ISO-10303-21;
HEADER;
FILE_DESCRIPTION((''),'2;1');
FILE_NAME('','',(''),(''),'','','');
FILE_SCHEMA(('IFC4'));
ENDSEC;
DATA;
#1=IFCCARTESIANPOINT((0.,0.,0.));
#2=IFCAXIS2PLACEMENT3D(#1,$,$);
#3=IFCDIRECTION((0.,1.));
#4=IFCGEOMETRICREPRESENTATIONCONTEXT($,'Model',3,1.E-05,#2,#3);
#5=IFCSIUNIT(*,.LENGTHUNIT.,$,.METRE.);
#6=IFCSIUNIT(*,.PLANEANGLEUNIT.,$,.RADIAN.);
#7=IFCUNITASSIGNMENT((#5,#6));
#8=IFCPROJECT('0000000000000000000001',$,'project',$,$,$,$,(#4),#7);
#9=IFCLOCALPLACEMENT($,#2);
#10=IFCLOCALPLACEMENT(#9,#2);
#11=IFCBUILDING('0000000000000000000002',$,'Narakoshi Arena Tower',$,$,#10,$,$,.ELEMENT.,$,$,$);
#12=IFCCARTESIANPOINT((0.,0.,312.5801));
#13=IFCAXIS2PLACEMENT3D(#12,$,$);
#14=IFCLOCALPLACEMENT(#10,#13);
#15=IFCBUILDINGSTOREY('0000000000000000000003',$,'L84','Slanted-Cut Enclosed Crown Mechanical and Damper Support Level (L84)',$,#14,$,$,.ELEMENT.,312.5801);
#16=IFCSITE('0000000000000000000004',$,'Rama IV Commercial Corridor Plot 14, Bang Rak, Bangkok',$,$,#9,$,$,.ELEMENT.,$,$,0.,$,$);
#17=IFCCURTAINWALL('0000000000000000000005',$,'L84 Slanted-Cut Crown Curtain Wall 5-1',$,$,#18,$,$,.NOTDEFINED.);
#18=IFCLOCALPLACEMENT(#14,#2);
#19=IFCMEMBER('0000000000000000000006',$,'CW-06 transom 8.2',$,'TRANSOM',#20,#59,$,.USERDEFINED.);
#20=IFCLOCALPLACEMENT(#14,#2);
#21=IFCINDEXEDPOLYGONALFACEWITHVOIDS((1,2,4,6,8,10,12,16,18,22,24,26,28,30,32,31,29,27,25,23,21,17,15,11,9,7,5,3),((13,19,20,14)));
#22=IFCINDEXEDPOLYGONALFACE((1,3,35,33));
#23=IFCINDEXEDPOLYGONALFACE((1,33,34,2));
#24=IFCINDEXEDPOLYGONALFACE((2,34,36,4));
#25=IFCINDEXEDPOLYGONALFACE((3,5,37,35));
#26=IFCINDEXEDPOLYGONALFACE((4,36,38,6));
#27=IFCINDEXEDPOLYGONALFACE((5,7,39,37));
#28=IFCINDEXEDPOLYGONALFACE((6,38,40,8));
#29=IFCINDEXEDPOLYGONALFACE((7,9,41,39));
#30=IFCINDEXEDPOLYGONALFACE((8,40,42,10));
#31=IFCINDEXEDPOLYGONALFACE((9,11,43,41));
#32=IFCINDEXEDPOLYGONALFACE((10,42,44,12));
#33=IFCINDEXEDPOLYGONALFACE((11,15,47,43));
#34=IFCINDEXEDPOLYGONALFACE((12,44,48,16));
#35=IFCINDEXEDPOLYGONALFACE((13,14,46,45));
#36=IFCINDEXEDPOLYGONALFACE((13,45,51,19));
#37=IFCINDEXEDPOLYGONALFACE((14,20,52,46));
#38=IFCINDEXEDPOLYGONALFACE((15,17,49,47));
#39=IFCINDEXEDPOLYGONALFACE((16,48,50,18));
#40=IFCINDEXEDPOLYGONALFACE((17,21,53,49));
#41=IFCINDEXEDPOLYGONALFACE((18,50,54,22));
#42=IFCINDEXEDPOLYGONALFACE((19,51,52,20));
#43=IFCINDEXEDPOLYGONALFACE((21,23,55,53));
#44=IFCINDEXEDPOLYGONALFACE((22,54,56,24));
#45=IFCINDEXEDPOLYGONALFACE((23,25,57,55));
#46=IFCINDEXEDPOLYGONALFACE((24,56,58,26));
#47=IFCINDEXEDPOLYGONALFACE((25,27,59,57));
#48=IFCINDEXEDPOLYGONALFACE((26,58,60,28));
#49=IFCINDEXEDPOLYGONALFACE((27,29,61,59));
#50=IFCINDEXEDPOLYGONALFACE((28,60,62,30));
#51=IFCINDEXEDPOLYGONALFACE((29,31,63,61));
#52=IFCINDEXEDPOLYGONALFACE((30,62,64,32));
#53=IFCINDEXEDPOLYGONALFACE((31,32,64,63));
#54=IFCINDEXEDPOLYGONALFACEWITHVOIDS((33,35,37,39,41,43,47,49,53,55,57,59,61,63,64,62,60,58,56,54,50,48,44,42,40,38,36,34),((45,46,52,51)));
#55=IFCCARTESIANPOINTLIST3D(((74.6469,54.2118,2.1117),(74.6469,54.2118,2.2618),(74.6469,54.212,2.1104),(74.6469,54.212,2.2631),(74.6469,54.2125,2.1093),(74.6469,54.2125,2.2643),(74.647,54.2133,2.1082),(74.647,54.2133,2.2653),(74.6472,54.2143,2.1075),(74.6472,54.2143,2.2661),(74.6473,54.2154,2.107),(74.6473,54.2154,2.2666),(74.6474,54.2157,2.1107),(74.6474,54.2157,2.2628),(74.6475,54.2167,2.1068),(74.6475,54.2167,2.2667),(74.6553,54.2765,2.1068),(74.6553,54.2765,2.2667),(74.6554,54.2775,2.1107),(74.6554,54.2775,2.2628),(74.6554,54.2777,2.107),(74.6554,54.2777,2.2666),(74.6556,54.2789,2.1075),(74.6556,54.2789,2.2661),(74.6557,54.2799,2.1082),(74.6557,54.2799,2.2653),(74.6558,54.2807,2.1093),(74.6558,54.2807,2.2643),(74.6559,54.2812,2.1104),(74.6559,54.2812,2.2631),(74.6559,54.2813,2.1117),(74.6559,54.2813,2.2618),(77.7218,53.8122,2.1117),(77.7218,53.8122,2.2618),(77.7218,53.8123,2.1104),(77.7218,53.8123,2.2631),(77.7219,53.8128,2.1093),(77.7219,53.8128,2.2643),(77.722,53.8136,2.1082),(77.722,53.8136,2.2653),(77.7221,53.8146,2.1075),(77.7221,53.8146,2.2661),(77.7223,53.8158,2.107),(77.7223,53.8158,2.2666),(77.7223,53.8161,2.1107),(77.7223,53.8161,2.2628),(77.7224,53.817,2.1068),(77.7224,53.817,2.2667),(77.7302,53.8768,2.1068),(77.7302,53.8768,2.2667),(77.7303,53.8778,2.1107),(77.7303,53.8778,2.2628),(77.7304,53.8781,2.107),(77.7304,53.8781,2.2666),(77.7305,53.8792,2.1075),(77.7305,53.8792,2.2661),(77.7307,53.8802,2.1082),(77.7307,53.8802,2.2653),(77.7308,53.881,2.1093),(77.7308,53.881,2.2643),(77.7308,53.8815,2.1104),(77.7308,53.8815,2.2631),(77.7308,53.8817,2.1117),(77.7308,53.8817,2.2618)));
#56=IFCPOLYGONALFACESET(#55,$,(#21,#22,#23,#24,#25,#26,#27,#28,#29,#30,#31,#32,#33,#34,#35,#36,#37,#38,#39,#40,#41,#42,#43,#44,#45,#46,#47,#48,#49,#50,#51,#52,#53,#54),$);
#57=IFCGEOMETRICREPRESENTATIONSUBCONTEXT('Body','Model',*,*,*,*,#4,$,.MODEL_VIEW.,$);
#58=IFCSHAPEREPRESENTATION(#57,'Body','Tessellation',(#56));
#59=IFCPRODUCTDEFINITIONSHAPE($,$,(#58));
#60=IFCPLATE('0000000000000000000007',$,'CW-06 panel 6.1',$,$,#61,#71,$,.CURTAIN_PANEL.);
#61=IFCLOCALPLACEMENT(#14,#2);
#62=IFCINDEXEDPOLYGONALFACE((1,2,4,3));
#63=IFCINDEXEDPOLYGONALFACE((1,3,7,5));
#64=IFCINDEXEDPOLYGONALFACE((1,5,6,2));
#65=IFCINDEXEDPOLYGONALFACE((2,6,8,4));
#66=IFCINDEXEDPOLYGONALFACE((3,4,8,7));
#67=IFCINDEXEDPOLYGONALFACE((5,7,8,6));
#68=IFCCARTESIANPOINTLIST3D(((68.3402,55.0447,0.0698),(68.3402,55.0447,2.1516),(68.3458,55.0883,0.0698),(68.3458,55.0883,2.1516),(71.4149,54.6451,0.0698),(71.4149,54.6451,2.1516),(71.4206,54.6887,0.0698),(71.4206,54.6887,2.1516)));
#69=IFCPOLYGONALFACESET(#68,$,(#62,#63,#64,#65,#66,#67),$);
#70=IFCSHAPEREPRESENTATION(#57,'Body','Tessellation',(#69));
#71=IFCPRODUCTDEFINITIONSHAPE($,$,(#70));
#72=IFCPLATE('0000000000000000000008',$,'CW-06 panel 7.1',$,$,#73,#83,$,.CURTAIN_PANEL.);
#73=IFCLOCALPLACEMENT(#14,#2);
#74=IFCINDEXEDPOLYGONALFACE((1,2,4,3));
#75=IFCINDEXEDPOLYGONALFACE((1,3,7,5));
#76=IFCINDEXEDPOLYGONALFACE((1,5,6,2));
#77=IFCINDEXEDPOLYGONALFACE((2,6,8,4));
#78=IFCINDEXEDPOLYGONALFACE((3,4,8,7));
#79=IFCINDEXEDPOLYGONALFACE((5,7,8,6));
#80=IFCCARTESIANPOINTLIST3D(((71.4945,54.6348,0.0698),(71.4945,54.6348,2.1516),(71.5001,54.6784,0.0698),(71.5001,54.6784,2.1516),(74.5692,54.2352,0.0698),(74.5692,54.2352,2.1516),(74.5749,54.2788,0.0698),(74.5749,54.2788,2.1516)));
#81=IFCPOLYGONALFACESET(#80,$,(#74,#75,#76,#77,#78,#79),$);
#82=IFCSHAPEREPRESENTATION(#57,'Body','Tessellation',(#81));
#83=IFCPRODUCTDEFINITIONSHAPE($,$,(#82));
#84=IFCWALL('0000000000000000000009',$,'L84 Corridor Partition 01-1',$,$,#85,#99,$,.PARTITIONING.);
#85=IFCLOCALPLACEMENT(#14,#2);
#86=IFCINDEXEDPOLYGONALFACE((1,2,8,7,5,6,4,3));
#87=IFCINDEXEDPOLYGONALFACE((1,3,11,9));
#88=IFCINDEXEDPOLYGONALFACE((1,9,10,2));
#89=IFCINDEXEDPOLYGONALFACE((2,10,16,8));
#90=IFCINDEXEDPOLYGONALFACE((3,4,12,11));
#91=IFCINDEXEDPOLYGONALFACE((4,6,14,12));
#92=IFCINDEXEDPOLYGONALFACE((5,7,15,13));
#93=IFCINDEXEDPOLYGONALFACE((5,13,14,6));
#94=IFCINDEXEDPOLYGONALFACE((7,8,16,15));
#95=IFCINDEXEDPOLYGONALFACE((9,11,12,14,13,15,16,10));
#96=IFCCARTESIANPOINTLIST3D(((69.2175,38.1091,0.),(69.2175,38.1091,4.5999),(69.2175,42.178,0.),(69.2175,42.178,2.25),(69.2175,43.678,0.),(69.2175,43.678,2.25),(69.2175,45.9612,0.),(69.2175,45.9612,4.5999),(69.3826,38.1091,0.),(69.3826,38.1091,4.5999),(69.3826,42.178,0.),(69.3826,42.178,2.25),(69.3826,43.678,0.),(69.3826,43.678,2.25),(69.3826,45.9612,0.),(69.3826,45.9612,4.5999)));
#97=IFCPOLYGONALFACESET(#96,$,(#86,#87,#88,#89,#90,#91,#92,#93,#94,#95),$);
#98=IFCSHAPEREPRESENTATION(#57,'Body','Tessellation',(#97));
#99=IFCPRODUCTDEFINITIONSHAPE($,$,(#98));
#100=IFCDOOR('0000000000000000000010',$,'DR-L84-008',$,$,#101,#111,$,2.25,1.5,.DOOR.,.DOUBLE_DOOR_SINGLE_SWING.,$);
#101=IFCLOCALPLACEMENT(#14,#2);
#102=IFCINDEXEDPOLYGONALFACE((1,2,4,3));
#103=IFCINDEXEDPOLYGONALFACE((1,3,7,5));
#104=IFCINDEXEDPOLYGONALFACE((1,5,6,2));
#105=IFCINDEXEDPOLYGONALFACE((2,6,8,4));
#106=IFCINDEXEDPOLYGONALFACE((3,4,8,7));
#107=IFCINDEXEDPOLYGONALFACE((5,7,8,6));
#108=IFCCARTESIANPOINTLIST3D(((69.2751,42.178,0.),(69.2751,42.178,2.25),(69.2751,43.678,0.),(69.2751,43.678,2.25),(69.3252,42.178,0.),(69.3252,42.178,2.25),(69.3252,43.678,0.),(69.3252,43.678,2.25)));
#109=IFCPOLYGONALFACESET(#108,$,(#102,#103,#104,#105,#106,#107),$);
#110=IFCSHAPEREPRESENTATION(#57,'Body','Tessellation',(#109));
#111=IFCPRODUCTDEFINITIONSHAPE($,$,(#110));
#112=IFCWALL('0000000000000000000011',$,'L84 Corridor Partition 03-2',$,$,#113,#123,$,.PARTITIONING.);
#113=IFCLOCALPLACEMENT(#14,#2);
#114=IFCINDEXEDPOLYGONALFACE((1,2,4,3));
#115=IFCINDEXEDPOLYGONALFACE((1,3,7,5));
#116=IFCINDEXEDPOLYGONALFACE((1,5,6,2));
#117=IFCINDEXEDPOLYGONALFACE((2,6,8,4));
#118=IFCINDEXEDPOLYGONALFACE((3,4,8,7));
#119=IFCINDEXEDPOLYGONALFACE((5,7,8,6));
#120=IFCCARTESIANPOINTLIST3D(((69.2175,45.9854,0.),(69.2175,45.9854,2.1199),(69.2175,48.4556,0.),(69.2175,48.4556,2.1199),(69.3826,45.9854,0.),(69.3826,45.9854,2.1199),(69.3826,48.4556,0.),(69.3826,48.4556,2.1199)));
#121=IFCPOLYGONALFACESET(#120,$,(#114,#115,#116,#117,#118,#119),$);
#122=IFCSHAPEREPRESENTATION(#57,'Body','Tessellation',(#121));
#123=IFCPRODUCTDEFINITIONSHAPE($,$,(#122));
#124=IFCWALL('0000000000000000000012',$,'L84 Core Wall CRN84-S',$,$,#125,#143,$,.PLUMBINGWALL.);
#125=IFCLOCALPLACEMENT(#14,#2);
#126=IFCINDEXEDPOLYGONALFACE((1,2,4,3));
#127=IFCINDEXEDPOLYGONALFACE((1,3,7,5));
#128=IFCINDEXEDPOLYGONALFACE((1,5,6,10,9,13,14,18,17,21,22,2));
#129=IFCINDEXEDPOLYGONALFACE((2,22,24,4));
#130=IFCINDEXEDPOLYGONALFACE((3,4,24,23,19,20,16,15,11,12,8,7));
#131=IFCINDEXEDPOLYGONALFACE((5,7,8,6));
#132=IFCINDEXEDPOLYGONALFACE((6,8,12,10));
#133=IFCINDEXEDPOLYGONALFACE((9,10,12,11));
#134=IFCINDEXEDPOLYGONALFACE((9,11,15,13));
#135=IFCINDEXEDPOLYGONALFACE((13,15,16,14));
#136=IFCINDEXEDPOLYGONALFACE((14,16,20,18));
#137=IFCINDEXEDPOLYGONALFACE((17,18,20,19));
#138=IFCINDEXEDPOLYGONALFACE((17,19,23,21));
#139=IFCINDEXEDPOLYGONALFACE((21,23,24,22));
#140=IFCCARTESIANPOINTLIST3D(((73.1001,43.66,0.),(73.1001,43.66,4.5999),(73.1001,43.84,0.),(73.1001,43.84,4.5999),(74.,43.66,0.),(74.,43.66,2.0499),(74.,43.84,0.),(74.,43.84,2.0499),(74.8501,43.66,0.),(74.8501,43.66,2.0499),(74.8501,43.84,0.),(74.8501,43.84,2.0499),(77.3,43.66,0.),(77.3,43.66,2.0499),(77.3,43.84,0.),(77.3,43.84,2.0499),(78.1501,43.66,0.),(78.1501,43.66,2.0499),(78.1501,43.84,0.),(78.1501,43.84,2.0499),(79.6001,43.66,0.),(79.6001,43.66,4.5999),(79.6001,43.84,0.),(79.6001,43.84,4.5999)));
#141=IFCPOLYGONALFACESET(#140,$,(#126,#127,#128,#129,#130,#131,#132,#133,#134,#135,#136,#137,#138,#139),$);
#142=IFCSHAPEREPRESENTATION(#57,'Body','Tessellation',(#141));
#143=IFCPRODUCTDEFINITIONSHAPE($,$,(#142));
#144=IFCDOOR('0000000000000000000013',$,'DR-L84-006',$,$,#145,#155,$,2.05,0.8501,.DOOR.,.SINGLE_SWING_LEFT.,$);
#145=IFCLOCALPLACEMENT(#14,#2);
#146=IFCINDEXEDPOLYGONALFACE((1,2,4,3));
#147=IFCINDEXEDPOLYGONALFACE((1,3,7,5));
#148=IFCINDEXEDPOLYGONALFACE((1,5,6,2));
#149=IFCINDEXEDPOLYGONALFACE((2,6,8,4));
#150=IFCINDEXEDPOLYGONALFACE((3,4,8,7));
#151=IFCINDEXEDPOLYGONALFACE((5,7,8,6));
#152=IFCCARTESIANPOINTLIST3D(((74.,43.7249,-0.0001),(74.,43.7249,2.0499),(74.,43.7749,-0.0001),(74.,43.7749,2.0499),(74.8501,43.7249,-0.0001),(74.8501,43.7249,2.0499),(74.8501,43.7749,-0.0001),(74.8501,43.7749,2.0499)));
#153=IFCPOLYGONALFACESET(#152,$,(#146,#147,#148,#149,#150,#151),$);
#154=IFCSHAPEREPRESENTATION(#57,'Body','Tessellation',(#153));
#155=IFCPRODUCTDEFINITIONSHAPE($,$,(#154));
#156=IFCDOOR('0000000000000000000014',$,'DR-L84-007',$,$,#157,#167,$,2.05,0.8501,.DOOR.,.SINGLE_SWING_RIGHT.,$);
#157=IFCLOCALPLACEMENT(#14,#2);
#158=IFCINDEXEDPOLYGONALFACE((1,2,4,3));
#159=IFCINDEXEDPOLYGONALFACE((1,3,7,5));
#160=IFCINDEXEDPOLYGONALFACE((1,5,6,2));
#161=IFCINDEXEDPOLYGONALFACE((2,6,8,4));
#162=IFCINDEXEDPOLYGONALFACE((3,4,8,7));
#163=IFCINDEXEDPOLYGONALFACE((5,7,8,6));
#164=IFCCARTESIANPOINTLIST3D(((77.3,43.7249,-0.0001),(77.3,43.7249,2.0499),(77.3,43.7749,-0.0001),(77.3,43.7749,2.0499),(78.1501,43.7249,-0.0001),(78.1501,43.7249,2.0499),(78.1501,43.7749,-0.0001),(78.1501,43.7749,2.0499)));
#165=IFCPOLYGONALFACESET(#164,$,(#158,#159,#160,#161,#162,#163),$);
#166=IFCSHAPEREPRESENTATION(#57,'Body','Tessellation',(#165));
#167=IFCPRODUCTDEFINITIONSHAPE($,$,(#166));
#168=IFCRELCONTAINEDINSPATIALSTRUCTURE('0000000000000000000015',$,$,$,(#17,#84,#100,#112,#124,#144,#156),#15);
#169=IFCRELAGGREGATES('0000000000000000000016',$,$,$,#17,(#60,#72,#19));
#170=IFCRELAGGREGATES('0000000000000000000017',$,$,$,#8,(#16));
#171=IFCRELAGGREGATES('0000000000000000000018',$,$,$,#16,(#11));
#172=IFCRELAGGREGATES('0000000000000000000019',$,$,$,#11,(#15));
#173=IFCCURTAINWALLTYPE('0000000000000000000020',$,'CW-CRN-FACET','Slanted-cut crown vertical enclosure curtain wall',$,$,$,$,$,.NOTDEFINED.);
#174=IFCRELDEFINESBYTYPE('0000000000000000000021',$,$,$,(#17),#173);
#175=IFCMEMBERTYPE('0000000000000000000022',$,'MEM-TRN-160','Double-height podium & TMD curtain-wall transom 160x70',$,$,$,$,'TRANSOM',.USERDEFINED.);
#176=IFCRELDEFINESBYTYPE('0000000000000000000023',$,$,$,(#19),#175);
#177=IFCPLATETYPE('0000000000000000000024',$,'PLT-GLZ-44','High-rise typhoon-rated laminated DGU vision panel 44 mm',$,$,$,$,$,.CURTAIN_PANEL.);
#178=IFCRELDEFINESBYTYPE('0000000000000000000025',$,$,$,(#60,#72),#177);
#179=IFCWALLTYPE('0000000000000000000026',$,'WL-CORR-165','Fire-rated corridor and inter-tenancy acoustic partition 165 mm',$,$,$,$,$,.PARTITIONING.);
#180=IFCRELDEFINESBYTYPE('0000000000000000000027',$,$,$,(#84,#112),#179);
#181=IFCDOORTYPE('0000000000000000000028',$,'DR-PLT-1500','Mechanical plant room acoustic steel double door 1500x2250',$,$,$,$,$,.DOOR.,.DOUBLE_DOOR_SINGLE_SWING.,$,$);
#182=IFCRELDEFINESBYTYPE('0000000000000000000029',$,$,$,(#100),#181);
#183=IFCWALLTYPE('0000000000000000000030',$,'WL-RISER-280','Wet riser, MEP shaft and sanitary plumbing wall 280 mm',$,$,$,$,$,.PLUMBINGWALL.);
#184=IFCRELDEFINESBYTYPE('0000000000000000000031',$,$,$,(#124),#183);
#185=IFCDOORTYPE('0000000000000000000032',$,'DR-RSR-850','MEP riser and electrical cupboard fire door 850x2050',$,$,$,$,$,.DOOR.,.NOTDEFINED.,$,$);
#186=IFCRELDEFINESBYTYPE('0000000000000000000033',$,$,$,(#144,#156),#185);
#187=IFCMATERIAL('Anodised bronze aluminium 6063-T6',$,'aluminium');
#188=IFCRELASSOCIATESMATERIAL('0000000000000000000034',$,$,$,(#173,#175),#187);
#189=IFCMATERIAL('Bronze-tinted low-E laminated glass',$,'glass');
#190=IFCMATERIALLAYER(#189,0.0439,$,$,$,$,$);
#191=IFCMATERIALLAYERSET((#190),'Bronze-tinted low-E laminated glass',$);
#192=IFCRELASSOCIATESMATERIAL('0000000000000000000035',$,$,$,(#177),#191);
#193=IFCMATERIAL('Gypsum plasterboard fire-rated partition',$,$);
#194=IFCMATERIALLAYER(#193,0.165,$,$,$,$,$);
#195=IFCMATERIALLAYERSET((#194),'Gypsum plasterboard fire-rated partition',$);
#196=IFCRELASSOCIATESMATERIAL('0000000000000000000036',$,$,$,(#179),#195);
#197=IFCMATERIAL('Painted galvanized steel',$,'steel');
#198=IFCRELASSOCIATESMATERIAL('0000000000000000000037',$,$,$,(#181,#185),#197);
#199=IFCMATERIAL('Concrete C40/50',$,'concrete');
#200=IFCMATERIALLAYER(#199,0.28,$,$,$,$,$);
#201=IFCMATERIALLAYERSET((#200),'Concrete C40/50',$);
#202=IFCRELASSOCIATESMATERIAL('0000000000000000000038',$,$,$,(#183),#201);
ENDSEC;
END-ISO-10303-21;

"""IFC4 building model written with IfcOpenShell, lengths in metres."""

from ifc_helpers import new_model, si_unit, direction, frame, frame_2d, origin, origin_2d, place, context, subcontext, project, spatial, rectangle, hollow_rectangle, extrude, material, layer, layer_set, material_profile, profile_set, type_object, element, fill, aggregate, save


model = new_model("IFC4")

# Units and contexts
model_context = context("Model", 3, precision=1e-05, world=origin(), true_north=direction((0.0, 1.0)))
body_context = subcontext(model_context, "Body", "Model", "MODEL_VIEW")
ifc_project = project(units=[si_unit("LENGTHUNIT", "METRE"), si_unit("PLANEANGLEUNIT", "RADIAN")], contexts=[model_context])

# Site, building, storey
site_placement = place(None, origin())
site = spatial("IfcSite", under=ifc_project, at=site_placement, Name="Rama IV Commercial Corridor Plot 14, Bang Rak, Bangkok", CompositionType="ELEMENT", RefElevation=0.0)
building_placement = place(site_placement, origin())
building = spatial("IfcBuilding", under=site, at=building_placement, Name="Narakoshi Arena Tower", CompositionType="ELEMENT")
storey_placement = place(building_placement, frame((0.0, 0.0, 312.5801)))
storey = spatial("IfcBuildingStorey", under=building, at=storey_placement, Name="L84", Description="Slanted-Cut Enclosed Crown Mechanical and Damper Support Level (L84)", CompositionType="ELEMENT", Elevation=312.5801)

# Curtain wall, member, plates
ifc_material_1 = material(Name="Anodised bronze aluminium 6063-T6", Category="aluminium")
curtain_wall_type = type_object("IfcCurtainWallType", Name="CW-CRN-FACET", Description="Slanted-cut crown vertical enclosure curtain wall", PredefinedType="NOTDEFINED", material=ifc_material_1)
curtain_wall_placement = place(storey_placement, origin())
curtain_wall = element("IfcCurtainWall", 1, at=curtain_wall_placement, inside=storey, type_object=curtain_wall_type, Name="L84 Slanted-Cut Crown Curtain Wall 5-1", PredefinedType="NOTDEFINED")
ifc_material_profile_1 = material_profile(ifc_material_1, hollow_rectangle(XDim=0.0701, YDim=0.1599, WallThickness=0.0039, OuterFilletRadius=0.0049, at=origin_2d()), Name="TRN160x70x4")
ifc_profile_set_1 = profile_set([ifc_material_profile_1], Name="Anodised bronze aluminium 6063-T6")
member_type_1 = type_object("IfcMemberType", Name="MEM-TRN-160", Description="Double-height podium & TMD curtain-wall transom 160x70", ElementType="TRANSOM", PredefinedType="USERDEFINED", material=ifc_profile_set_1)
member_1_placement = place(storey_placement, frame((74.6514, 54.2466, 2.1868), z_axis=(0.991659, -0.128888, 0.0), x_axis=(0.128888, 0.991659, 0.0)))
member_1 = element("IfcMember", 2, at=member_1_placement, type_object=member_type_1, Name="CW-06 transom 8.2", ObjectType="TRANSOM", PredefinedType="USERDEFINED", context=body_context, shape_type="SweptSolid", body=[
    extrude(hollow_rectangle(XDim=0.0701, YDim=0.1599, WallThickness=0.0039, OuterFilletRadius=0.0049, at=origin_2d()), origin(), (0.0, 0.0, 1.0), 3.1008),
])
ifc_material_2 = material(Name="Bronze-tinted low-E laminated glass", Category="glass")
ifc_layer_1 = layer(ifc_material_2, 0.0439)
ifc_layer_set_1 = layer_set([ifc_layer_1], Name="Bronze-tinted low-E laminated glass")
plate_type = type_object("IfcPlateType", Name="PLT-GLZ-44", Description="High-rise typhoon-rated laminated DGU vision panel 44 mm", PredefinedType="CURTAIN_PANEL", material=ifc_layer_set_1)
plate_1_placement = place(storey_placement, frame((69.8804, 54.8667, 0.0698), z_axis=(0.0, 0.0, 1.0), x_axis=(0.991659, -0.12889, 0.0)))
plate_1 = element("IfcPlate", 3, at=plate_1_placement, type_object=plate_type, Name="CW-06 panel 6.1", PredefinedType="CURTAIN_PANEL", context=body_context, shape_type="SweptSolid", body=[
    extrude(rectangle(XDim=3.1006, YDim=0.0439, at=origin_2d()), origin(), (0.0, 0.0, 1.0), 2.0818),
])
plate_2_placement = place(storey_placement, frame((73.0347, 54.4568, 0.0698), z_axis=(0.0, 0.0, 1.0), x_axis=(0.991659, -0.12889, 0.0)))
plate_2 = element("IfcPlate", 4, at=plate_2_placement, type_object=plate_type, Name="CW-06 panel 7.1", PredefinedType="CURTAIN_PANEL", context=body_context, shape_type="SweptSolid", body=[
    extrude(rectangle(XDim=3.1006, YDim=0.0439, at=origin_2d()), origin(), (0.0, 0.0, 1.0), 2.0818),
])
aggregate(curtain_wall, [plate_1, plate_2, member_1])

# Wall, opening, door
ifc_material_3 = material(Name="Gypsum plasterboard fire-rated partition")
ifc_layer_2 = layer(ifc_material_3, 0.165)
ifc_layer_set_2 = layer_set([ifc_layer_2], Name="Gypsum plasterboard fire-rated partition")
wall_type_1 = type_object("IfcWallType", Name="WL-CORR-165", Description="Fire-rated corridor and inter-tenancy acoustic partition 165 mm", PredefinedType="PARTITIONING", material=ifc_layer_set_2)
wall_1_placement = place(storey_placement, frame((69.3, 45.9612, 0.0), z_axis=(0.0, 0.0, 1.0), x_axis=(0.0, -1.0, 0.0)))
wall_1 = element("IfcWall", 5, at=wall_1_placement, inside=storey, type_object=wall_type_1, Name="L84 Corridor Partition 01-1", PredefinedType="PARTITIONING", context=body_context, shape_type="SweptSolid", body=[
    extrude(rectangle(XDim=7.8521, YDim=0.165, at=frame_2d((3.926, 0.0))), origin(), (0.0, 0.0, 1.0), 4.5999),
])
opening_1_placement = place(wall_1_placement, frame((2.2832, 0.0, 0.0)))
opening_1 = element("IfcOpeningElement", 6, at=opening_1_placement, cuts=wall_1, PredefinedType="OPENING", context=body_context, shape_type="SweptSolid", body=[
    extrude(rectangle(XDim=1.5, YDim=2.25, at=frame_2d((0.75, 1.125))), frame((0.0, 0.0925, 0.0), z_axis=(0.0, -1.0, 0.0), x_axis=(1.0, 0.0, 0.0)), (0.0, 0.0, 1.0), 0.1851),
])
ifc_material_4 = material(Name="Painted galvanized steel", Category="steel")
door_type_1 = type_object("IfcDoorType", Name="DR-PLT-1500", Description="Mechanical plant room acoustic steel double door 1500x2250", OperationType="DOUBLE_DOOR_SINGLE_SWING", PredefinedType="DOOR", material=ifc_material_4)
door_1_placement = place(opening_1_placement, frame((1.5, 0.0, 0.0), z_axis=(0.0, 0.0, 1.0), x_axis=(-1.0, 0.0, 0.0)))
door_1 = element("IfcDoor", 7, at=door_1_placement, inside=storey, type_object=door_type_1, Name="DR-L84-008", OperationType="DOUBLE_DOOR_SINGLE_SWING", OverallHeight=2.25, OverallWidth=1.5, PredefinedType="DOOR", context=body_context, shape_type="SweptSolid", body=[
    extrude(rectangle(XDim=1.5, YDim=2.25, at=frame_2d((0.75, 1.125))), frame((0.0, 0.0249, 0.0), z_axis=(0.0, -1.0, 0.0), x_axis=(1.0, 0.0, 0.0)), (0.0, 0.0, 1.0), 0.05),
])
fill(opening_1, door_1)

# Wall
wall_2_placement = place(storey_placement, frame((69.3, 48.4556, 0.0), z_axis=(0.0, 0.0, 1.0), x_axis=(0.0, -1.0, 0.0)))
element("IfcWall", 8, at=wall_2_placement, inside=storey, type_object=wall_type_1, Name="L84 Corridor Partition 03-2", PredefinedType="PARTITIONING", context=body_context, shape_type="SweptSolid", body=[
    extrude(rectangle(XDim=2.4702, YDim=0.165, at=frame_2d((1.2351, 0.0))), origin(), (0.0, 0.0, 1.0), 2.1199),
])

# Wall, openings, doors
ifc_material_5 = material(Name="Concrete C40/50", Category="concrete")
ifc_layer_3 = layer(ifc_material_5, 0.28)
ifc_layer_set_3 = layer_set([ifc_layer_3], Name="Concrete C40/50")
wall_type_2 = type_object("IfcWallType", Name="WL-RISER-280", Description="Wet riser, MEP shaft and sanitary plumbing wall 280 mm", PredefinedType="PLUMBINGWALL", material=ifc_layer_set_3)
wall_3_placement = place(storey_placement, frame((73.1001, 43.75, 0.0), z_axis=(0.0, 0.0, 1.0), x_axis=(1.0, 0.0, 0.0)))
wall_3 = element("IfcWall", 9, at=wall_3_placement, inside=storey, type_object=wall_type_2, Name="L84 Core Wall CRN84-S", PredefinedType="PLUMBINGWALL", context=body_context, shape_type="SweptSolid", body=[
    extrude(rectangle(XDim=6.5, YDim=0.1799, at=frame_2d((3.25, 0.0))), origin(), (0.0, 0.0, 1.0), 4.5999),
])
opening_2_placement = place(wall_3_placement, frame((0.8999, 0.0, 0.0)))
opening_2 = element("IfcOpeningElement", 10, at=opening_2_placement, cuts=wall_3, PredefinedType="OPENING", context=body_context, shape_type="SweptSolid", body=[
    extrude(rectangle(XDim=0.8501, YDim=2.05, at=frame_2d((0.425, 1.0249))), frame((0.0, 0.0999, 0.0), z_axis=(0.0, -1.0, 0.0), x_axis=(1.0, 0.0, 0.0)), (0.0, 0.0, 1.0), 0.2),
])
opening_3_placement = place(wall_3_placement, frame((4.2, 0.0, 0.0)))
opening_3 = element("IfcOpeningElement", 11, at=opening_3_placement, cuts=wall_3, PredefinedType="OPENING", context=body_context, shape_type="SweptSolid", body=[
    extrude(rectangle(XDim=0.8501, YDim=2.05, at=frame_2d((0.425, 1.0249))), frame((0.0, 0.0999, 0.0), z_axis=(0.0, -1.0, 0.0), x_axis=(1.0, 0.0, 0.0)), (0.0, 0.0, 1.0), 0.2),
])
door_type_2 = type_object("IfcDoorType", Name="DR-RSR-850", Description="MEP riser and electrical cupboard fire door 850x2050", OperationType="NOTDEFINED", PredefinedType="DOOR", material=ifc_material_4)
door_2_placement = place(opening_2_placement, origin())
door_2 = element("IfcDoor", 12, at=door_2_placement, inside=storey, type_object=door_type_2, Name="DR-L84-006", OperationType="SINGLE_SWING_LEFT", OverallHeight=2.05, OverallWidth=0.8501, PredefinedType="DOOR", context=body_context, shape_type="SweptSolid", body=[
    extrude(rectangle(XDim=0.8501, YDim=2.05, at=frame_2d((0.425, 1.0249))), frame((0.0, 0.0249, 0.0), z_axis=(0.0, -1.0, 0.0), x_axis=(1.0, 0.0, 0.0)), (0.0, 0.0, 1.0), 0.05),
])
fill(opening_2, door_2)
door_3_placement = place(opening_3_placement, origin())
door_3 = element("IfcDoor", 13, at=door_3_placement, inside=storey, type_object=door_type_2, Name="DR-L84-007", OperationType="SINGLE_SWING_RIGHT", OverallHeight=2.05, OverallWidth=0.8501, PredefinedType="DOOR", context=body_context, shape_type="SweptSolid", body=[
    extrude(rectangle(XDim=0.8501, YDim=2.05, at=frame_2d((0.425, 1.0249))), frame((0.0, 0.0249, 0.0), z_axis=(0.0, -1.0, 0.0), x_axis=(1.0, 0.0, 0.0)), (0.0, 0.0, 1.0), 0.05),
])
fill(opening_3, door_3)

save(model, "model.ifc")
